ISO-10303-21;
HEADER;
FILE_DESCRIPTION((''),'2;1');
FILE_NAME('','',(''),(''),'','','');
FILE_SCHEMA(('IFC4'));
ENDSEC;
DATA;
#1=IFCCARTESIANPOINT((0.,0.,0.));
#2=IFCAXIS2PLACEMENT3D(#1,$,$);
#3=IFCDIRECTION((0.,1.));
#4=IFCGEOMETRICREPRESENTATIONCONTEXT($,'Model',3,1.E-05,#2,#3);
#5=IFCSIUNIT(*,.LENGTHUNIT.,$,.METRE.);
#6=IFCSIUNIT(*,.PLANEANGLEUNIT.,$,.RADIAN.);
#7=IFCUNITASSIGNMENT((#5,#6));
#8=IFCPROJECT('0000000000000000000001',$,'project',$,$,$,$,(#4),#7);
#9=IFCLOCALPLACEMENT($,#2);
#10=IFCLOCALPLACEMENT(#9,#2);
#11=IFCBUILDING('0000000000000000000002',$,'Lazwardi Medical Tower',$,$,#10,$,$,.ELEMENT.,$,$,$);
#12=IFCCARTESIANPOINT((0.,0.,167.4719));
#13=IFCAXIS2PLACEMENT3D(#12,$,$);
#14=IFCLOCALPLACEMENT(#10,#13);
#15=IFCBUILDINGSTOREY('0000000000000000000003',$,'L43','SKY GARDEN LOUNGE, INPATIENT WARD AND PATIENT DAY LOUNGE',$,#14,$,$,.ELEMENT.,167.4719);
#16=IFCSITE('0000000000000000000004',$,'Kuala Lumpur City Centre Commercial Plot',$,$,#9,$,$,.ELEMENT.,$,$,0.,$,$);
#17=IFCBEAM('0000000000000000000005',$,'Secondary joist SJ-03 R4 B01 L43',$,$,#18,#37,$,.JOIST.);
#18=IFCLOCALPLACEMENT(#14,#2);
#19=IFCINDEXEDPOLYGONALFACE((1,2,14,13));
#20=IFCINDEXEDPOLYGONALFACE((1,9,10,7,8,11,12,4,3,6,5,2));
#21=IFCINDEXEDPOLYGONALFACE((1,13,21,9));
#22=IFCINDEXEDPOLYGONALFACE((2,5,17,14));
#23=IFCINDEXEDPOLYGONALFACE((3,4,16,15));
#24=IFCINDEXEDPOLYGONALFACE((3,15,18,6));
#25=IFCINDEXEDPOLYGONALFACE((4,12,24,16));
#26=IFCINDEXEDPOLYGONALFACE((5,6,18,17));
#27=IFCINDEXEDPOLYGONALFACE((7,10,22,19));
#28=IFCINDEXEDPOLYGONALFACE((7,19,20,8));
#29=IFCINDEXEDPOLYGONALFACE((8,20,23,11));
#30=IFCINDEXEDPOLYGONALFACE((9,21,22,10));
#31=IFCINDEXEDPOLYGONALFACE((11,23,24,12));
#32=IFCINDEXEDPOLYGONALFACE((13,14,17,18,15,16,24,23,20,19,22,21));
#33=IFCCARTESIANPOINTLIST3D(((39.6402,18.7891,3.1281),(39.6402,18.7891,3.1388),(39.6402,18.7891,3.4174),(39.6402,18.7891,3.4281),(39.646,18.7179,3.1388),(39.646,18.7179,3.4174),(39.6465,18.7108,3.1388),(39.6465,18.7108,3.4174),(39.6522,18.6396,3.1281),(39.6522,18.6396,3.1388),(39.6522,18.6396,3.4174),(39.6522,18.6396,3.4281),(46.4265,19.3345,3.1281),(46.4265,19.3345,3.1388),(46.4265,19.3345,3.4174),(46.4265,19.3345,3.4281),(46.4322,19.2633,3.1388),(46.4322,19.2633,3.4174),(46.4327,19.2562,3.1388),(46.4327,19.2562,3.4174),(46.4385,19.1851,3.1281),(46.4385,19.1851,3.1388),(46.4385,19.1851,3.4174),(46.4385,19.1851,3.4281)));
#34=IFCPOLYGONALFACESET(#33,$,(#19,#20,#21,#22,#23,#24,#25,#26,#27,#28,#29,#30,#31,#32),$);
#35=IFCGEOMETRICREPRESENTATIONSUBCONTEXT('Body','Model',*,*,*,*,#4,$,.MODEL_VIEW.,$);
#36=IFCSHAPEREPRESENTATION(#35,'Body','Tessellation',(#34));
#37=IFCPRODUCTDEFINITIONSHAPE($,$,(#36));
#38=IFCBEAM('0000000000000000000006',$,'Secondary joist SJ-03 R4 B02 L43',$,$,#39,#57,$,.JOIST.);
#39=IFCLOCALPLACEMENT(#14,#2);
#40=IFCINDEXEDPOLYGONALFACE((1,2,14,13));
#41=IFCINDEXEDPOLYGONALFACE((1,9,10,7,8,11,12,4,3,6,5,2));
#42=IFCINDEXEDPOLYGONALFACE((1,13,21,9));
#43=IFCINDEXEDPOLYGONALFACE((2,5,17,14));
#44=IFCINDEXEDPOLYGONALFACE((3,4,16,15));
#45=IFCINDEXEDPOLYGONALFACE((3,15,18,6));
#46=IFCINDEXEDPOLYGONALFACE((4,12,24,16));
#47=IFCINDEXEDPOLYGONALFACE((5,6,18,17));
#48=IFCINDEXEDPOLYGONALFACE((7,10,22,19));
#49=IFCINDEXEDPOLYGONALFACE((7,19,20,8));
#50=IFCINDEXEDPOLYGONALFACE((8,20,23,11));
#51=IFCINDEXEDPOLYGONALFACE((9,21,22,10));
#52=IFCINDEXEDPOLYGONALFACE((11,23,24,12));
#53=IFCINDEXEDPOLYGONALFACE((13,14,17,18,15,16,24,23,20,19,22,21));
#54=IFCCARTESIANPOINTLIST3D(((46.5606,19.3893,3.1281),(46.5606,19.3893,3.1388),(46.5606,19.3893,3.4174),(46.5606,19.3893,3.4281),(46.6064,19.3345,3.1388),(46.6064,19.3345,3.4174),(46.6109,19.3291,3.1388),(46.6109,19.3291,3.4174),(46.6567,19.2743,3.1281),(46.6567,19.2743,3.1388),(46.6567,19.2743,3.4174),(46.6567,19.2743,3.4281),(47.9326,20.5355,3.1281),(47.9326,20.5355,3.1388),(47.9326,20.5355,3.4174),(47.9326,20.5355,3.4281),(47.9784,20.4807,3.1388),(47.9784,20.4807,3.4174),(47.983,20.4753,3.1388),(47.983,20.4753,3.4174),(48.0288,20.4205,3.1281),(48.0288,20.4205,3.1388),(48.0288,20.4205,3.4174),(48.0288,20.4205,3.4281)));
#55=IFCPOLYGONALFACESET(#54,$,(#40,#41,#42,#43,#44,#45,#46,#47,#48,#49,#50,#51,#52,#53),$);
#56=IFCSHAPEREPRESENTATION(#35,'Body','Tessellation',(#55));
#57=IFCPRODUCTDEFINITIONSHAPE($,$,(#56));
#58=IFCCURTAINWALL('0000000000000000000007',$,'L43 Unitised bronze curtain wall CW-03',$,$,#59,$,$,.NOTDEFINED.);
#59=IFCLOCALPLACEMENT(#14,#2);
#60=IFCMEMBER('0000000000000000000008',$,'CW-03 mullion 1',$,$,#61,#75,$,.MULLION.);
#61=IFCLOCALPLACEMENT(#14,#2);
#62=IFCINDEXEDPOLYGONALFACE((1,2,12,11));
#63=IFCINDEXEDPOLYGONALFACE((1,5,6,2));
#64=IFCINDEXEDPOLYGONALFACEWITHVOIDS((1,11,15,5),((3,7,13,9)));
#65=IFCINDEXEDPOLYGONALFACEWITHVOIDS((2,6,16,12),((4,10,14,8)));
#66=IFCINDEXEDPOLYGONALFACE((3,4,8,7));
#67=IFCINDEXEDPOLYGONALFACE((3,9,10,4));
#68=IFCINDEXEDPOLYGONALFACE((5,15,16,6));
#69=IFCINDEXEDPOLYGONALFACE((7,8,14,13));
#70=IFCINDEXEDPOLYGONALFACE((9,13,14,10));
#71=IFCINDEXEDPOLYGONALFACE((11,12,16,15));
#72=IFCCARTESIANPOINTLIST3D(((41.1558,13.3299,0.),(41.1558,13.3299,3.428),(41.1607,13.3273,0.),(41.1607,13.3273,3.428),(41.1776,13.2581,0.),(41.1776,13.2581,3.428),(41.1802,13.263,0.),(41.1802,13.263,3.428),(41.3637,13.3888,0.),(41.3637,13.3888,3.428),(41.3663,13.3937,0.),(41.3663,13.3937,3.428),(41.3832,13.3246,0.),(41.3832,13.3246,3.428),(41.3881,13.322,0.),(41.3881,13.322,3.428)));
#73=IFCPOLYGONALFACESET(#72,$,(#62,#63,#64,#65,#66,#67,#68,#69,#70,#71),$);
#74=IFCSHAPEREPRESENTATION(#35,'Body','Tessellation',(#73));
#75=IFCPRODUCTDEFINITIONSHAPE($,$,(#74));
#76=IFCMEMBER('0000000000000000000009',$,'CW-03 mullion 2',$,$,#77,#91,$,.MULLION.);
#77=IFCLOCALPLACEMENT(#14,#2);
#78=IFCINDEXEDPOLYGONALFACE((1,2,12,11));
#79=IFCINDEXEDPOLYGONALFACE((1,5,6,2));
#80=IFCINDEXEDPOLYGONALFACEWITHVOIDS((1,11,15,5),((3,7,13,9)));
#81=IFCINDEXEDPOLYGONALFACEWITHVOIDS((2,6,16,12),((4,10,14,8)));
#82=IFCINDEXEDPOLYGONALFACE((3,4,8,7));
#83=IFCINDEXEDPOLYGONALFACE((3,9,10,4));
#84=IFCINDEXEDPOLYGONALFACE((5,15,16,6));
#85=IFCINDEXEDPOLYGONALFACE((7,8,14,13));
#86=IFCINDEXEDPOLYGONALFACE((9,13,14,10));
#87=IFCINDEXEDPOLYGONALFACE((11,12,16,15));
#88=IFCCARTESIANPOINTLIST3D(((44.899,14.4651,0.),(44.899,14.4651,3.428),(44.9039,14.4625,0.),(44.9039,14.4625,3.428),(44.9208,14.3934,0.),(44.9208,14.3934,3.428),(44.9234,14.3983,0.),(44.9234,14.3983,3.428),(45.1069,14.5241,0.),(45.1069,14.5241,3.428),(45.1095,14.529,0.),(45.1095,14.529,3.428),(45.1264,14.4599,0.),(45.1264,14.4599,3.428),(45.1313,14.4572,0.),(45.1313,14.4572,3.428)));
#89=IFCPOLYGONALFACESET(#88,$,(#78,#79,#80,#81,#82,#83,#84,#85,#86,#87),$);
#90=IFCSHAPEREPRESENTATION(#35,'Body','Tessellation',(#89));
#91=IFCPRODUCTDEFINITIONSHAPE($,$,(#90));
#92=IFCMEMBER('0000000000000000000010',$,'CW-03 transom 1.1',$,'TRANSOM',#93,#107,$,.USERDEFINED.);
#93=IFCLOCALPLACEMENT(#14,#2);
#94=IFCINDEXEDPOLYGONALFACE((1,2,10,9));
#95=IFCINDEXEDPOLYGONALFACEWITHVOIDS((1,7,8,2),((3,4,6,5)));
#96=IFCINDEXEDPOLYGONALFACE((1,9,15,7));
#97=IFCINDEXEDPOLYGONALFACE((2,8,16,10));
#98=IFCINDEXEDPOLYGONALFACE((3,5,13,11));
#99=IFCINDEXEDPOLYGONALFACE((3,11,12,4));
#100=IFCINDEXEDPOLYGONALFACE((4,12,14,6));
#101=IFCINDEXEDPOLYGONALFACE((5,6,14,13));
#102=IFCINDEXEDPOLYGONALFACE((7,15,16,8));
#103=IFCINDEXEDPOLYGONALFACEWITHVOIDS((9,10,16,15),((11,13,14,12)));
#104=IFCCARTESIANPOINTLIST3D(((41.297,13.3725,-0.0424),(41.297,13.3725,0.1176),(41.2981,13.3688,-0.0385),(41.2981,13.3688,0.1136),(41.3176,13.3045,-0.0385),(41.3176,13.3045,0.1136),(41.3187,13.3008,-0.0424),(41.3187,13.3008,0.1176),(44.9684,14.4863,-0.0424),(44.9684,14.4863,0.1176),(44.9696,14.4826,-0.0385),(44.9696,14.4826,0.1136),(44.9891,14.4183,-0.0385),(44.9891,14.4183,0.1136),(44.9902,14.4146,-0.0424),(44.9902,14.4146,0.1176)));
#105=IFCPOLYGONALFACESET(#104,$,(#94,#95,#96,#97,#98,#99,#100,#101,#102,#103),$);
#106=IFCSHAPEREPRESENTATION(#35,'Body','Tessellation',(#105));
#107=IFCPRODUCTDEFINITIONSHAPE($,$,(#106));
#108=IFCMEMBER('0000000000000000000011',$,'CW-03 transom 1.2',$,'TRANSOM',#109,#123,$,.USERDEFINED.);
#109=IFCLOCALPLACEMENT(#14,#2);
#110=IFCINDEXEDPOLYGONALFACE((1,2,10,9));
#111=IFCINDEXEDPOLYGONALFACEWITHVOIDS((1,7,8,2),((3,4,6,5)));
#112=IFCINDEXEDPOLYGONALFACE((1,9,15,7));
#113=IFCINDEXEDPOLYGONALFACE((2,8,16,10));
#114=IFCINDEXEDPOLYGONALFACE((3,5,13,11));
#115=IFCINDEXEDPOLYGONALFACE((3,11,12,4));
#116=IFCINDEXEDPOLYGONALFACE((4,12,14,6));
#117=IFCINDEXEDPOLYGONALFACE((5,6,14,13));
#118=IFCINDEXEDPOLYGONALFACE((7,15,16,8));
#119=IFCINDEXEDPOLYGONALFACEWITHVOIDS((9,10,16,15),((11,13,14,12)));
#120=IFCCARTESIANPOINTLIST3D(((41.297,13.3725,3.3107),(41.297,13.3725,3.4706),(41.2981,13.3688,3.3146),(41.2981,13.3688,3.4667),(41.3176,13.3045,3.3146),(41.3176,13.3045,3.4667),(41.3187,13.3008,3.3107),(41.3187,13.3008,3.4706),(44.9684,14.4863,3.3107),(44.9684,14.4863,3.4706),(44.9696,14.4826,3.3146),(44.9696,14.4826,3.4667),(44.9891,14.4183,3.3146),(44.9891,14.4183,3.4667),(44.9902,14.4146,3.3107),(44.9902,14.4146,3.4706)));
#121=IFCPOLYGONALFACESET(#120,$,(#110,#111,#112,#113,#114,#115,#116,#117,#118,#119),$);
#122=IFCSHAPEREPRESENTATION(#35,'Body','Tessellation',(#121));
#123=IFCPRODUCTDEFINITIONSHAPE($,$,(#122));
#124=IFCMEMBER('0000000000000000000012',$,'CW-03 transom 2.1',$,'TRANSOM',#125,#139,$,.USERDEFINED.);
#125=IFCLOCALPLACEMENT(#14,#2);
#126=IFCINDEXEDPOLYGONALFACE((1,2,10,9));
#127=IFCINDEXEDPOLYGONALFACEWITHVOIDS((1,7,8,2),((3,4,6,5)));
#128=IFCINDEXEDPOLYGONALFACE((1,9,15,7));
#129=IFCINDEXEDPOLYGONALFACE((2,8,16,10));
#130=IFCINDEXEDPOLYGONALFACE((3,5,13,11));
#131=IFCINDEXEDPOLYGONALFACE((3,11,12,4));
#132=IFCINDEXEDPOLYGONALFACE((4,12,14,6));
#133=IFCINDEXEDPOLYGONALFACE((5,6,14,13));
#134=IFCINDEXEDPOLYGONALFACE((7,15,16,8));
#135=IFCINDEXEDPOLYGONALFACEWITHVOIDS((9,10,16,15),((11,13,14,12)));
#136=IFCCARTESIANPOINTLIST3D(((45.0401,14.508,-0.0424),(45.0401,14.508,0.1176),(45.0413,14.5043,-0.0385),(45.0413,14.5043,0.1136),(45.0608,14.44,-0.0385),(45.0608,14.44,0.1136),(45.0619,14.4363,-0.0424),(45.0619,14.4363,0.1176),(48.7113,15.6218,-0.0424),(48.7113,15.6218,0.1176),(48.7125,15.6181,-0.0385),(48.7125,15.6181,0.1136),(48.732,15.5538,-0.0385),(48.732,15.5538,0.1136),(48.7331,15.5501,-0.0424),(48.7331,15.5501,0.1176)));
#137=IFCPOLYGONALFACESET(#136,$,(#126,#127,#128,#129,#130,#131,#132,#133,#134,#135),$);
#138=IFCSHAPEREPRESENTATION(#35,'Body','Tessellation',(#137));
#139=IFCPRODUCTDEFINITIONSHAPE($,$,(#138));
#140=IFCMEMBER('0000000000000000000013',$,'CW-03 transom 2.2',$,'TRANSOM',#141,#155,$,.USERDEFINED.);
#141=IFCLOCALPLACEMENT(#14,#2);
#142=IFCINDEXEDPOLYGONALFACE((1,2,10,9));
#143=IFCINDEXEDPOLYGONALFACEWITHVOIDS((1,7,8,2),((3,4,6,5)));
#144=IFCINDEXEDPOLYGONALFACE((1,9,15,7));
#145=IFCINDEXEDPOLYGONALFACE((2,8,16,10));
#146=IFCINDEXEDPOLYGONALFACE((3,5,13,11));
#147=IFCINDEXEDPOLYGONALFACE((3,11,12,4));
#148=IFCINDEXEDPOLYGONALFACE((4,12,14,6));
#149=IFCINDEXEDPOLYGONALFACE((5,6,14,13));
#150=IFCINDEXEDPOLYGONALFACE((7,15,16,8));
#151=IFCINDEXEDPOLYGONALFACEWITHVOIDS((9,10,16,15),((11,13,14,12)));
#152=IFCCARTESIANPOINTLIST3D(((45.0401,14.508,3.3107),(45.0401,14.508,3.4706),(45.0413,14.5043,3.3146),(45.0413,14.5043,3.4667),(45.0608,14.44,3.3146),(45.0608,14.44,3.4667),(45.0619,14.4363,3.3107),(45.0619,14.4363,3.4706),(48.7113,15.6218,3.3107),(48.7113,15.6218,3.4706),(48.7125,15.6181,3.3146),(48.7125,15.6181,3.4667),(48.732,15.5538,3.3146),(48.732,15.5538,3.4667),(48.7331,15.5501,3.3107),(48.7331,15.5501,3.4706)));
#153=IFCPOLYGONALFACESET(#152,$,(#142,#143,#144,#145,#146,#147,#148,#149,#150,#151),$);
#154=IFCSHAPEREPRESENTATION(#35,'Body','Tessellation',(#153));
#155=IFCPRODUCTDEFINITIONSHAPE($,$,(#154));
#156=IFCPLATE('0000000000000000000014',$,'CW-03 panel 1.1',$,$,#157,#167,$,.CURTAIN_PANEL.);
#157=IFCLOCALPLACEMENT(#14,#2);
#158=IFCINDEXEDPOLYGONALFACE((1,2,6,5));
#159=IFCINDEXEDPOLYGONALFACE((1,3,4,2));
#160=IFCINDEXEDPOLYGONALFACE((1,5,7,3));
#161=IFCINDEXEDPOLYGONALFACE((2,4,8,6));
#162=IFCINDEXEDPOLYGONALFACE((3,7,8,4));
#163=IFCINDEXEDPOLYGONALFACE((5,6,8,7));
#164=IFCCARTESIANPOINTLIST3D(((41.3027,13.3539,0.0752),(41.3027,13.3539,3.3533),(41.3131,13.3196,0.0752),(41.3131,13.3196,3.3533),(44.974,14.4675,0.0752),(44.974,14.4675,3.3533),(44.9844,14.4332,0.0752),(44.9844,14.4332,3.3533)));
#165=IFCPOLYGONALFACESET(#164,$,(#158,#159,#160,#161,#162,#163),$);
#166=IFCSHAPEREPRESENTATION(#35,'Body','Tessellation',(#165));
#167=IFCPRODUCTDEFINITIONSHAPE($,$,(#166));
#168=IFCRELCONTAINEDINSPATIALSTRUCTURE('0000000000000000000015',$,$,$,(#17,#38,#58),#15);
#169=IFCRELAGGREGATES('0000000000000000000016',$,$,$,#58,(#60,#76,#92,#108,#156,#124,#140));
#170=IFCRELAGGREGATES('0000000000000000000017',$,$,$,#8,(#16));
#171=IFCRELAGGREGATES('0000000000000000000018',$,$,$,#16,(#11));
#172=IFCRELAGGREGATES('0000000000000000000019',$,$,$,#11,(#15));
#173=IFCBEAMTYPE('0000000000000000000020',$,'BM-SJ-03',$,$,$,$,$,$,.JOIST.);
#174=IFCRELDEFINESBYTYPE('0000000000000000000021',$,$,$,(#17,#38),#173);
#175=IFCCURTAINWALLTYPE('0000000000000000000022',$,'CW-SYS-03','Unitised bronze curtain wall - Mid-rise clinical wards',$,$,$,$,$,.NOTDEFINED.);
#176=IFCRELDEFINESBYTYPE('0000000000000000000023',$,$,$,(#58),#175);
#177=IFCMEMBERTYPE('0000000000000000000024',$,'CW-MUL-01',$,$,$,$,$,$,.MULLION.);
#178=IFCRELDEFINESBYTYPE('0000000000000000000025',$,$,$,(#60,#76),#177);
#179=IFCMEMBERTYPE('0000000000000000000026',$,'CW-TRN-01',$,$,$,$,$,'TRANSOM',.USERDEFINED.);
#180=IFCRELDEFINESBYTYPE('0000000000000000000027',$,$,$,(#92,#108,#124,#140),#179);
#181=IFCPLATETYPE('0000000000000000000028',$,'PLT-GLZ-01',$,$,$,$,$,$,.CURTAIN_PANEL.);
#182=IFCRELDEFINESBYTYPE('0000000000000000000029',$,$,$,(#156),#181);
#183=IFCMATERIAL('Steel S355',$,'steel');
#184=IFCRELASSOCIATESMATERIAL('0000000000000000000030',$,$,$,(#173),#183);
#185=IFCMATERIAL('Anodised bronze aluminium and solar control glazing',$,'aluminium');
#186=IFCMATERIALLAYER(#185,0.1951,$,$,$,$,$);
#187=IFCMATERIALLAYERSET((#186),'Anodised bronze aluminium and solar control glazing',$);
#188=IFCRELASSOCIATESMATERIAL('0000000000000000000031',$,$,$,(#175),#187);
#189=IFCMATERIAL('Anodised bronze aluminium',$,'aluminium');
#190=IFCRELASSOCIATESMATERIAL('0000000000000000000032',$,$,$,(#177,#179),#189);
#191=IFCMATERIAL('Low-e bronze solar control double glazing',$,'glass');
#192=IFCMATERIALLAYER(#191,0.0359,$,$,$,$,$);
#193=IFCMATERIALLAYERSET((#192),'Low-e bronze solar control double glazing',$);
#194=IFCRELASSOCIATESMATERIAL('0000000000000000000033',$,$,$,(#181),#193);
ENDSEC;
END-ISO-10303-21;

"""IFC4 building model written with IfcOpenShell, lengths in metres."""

from ifc_helpers import new_model, si_unit, direction, frame, origin, origin_2d, place, context, subcontext, project, spatial, rectangle, hollow_rectangle, i_section, extrude, material, layer, layer_set, material_profile, profile_set, type_object, element, aggregate, save


model = new_model("IFC4")

# Units and contexts
model_context = context("Model", 3, precision=1e-05, world=origin(), true_north=direction((0.0, 1.0)))
body_context = subcontext(model_context, "Body", "Model", "MODEL_VIEW")
ifc_project = project(units=[si_unit("LENGTHUNIT", "METRE"), si_unit("PLANEANGLEUNIT", "RADIAN")], contexts=[model_context])

# Site, building, storey
site_placement = place(None, origin())
site = spatial("IfcSite", under=ifc_project, at=site_placement, Name="Kuala Lumpur City Centre Commercial Plot", CompositionType="ELEMENT", RefElevation=0.0)
building_placement = place(site_placement, origin())
building = spatial("IfcBuilding", under=site, at=building_placement, Name="Lazwardi Medical Tower", CompositionType="ELEMENT")
storey_placement = place(building_placement, frame((0.0, 0.0, 167.4719)))
storey = spatial("IfcBuildingStorey", under=building, at=storey_placement, Name="L43", Description="SKY GARDEN LOUNGE, INPATIENT WARD AND PATIENT DAY LOUNGE", CompositionType="ELEMENT", Elevation=167.4719)

# Beams
ifc_material_1 = material(Name="Steel S355", Category="steel")
ifc_material_profile_1 = material_profile(ifc_material_1, i_section(OverallWidth=0.1499, OverallDepth=0.3, WebThickness=0.0071, FlangeThickness=0.0107, at=origin_2d()), Name="IPE 300")
ifc_profile_set_1 = profile_set([ifc_material_profile_1], Name="Steel S355")
beam_type_1 = type_object("IfcBeamType", Name="BM-SJ-03", PredefinedType="JOIST", material=ifc_profile_set_1)
beam_1_placement = place(storey_placement, frame((39.6462, 18.7144, 3.2781), z_axis=(0.996786, 0.080113, 0.0), x_axis=(-0.080113, 0.996786, 0.0)))
element("IfcBeam", 1, at=beam_1_placement, inside=storey, type_object=beam_type_1, Name="Secondary joist SJ-03 R4 B01 L43", PredefinedType="JOIST", context=body_context, shape_type="SweptSolid", body=[
    extrude(i_section(OverallWidth=0.1499, OverallDepth=0.3, WebThickness=0.0071, FlangeThickness=0.0107, at=origin_2d()), origin(), (0.0, 0.0, 1.0), 6.8081),
])
beam_2_placement = place(storey_placement, frame((46.6086, 19.3318, 3.2781), z_axis=(0.767437, 0.641124, 0.0), x_axis=(-0.641124, 0.767437, 0.0)))
element("IfcBeam", 2, at=beam_2_placement, inside=storey, type_object=beam_type_1, Name="Secondary joist SJ-03 R4 B02 L43", PredefinedType="JOIST", context=body_context, shape_type="SweptSolid", body=[
    extrude(i_section(OverallWidth=0.1499, OverallDepth=0.3, WebThickness=0.0071, FlangeThickness=0.0107, at=origin_2d()), origin(), (0.0, 0.0, 1.0), 1.7878),
])

# Curtain wall, members, plate
ifc_material_2 = material(Name="Anodised bronze aluminium and solar control glazing", Category="aluminium")
ifc_layer_1 = layer(ifc_material_2, 0.1951)
ifc_layer_set_1 = layer_set([ifc_layer_1], Name="Anodised bronze aluminium and solar control glazing")
curtain_wall_type = type_object("IfcCurtainWallType", Name="CW-SYS-03", Description="Unitised bronze curtain wall - Mid-rise clinical wards", PredefinedType="NOTDEFINED", material=ifc_layer_set_1)
curtain_wall_placement = place(storey_placement, origin())
curtain_wall = element("IfcCurtainWall", 3, at=curtain_wall_placement, inside=storey, type_object=curtain_wall_type, Name="L43 Unitised bronze curtain wall CW-03", PredefinedType="NOTDEFINED")
ifc_material_3 = material(Name="Anodised bronze aluminium", Category="aluminium")
ifc_material_profile_2 = material_profile(ifc_material_3, hollow_rectangle(XDim=0.075, YDim=0.22, WallThickness=0.0039, at=origin_2d()), Name="ALU-MULLION 220x75x4")
ifc_profile_set_2 = profile_set([ifc_material_profile_2], Name="Anodised bronze aluminium")
member_type_1 = type_object("IfcMemberType", Name="CW-MUL-01", PredefinedType="MULLION", material=ifc_profile_set_2)
member_1_placement = place(storey_placement, frame((41.272, 13.3259, 0.0), z_axis=(0.0, 0.0, 1.0), x_axis=(-0.290281, 0.956942, 0.0)))
member_1 = element("IfcMember", 4, at=member_1_placement, type_object=member_type_1, Name="CW-03 mullion 1", PredefinedType="MULLION", context=body_context, shape_type="SweptSolid", body=[
    extrude(hollow_rectangle(XDim=0.075, YDim=0.22, WallThickness=0.0039, at=origin_2d()), origin(), (0.0, 0.0, 1.0), 3.428),
])
member_2_placement = place(storey_placement, frame((45.0151, 14.4612, 0.0), z_axis=(0.0, 0.0, 1.0), x_axis=(-0.290281, 0.956942, 0.0)))
member_2 = element("IfcMember", 5, at=member_2_placement, type_object=member_type_1, Name="CW-03 mullion 2", PredefinedType="MULLION", context=body_context, shape_type="SweptSolid", body=[
    extrude(hollow_rectangle(XDim=0.075, YDim=0.22, WallThickness=0.0039, at=origin_2d()), origin(), (0.0, 0.0, 1.0), 3.428),
])
ifc_material_profile_3 = material_profile(ifc_material_3, hollow_rectangle(XDim=0.075, YDim=0.1599, WallThickness=0.0039, at=origin_2d()), Name="ALU-TRANSOM 160x75x4")
ifc_profile_set_3 = profile_set([ifc_material_profile_3], Name="Anodised bronze aluminium")
member_type_2 = type_object("IfcMemberType", Name="CW-TRN-01", ElementType="TRANSOM", PredefinedType="USERDEFINED", material=ifc_profile_set_3)
member_3_placement = place(storey_placement, frame((41.3079, 13.3367, 0.0376), z_axis=(0.956936, 0.290301, 0.0), x_axis=(-0.290301, 0.956936, 0.0)))
member_3 = element("IfcMember", 6, at=member_3_placement, type_object=member_type_2, Name="CW-03 transom 1.1", ObjectType="TRANSOM", PredefinedType="USERDEFINED", context=body_context, shape_type="SweptSolid", body=[
    extrude(hollow_rectangle(XDim=0.075, YDim=0.1599, WallThickness=0.0039, at=origin_2d()), origin(), (0.0, 0.0, 1.0), 3.8367),
])
member_4_placement = place(storey_placement, frame((41.3079, 13.3367, 3.3906), z_axis=(0.956936, 0.290301, 0.0), x_axis=(-0.290301, 0.956936, 0.0)))
member_4 = element("IfcMember", 7, at=member_4_placement, type_object=member_type_2, Name="CW-03 transom 1.2", ObjectType="TRANSOM", PredefinedType="USERDEFINED", context=body_context, shape_type="SweptSolid", body=[
    extrude(hollow_rectangle(XDim=0.075, YDim=0.1599, WallThickness=0.0039, at=origin_2d()), origin(), (0.0, 0.0, 1.0), 3.8367),
])
member_5_placement = place(storey_placement, frame((45.051, 14.4722, 0.0376), z_axis=(0.95693, 0.290318, 0.0), x_axis=(-0.290318, 0.95693, 0.0)))
member_5 = element("IfcMember", 8, at=member_5_placement, type_object=member_type_2, Name="CW-03 transom 2.1", ObjectType="TRANSOM", PredefinedType="USERDEFINED", context=body_context, shape_type="SweptSolid", body=[
    extrude(hollow_rectangle(XDim=0.075, YDim=0.1599, WallThickness=0.0039, at=origin_2d()), origin(), (0.0, 0.0, 1.0), 3.8364),
])
member_6_placement = place(storey_placement, frame((45.051, 14.4722, 3.3906), z_axis=(0.95693, 0.290318, 0.0), x_axis=(-0.290318, 0.95693, 0.0)))
member_6 = element("IfcMember", 9, at=member_6_placement, type_object=member_type_2, Name="CW-03 transom 2.2", ObjectType="TRANSOM", PredefinedType="USERDEFINED", context=body_context, shape_type="SweptSolid", body=[
    extrude(hollow_rectangle(XDim=0.075, YDim=0.1599, WallThickness=0.0039, at=origin_2d()), origin(), (0.0, 0.0, 1.0), 3.8364),
])
ifc_material_4 = material(Name="Low-e bronze solar control double glazing", Category="glass")
ifc_layer_2 = layer(ifc_material_4, 0.0359)
ifc_layer_set_2 = layer_set([ifc_layer_2], Name="Low-e bronze solar control double glazing")
plate_type = type_object("IfcPlateType", Name="PLT-GLZ-01", PredefinedType="CURTAIN_PANEL", material=ifc_layer_set_2)
plate_placement = place(storey_placement, frame((43.1436, 13.8936, 0.0752), z_axis=(0.0, 0.0, 1.0), x_axis=(0.956942, 0.290281, 0.0)))
plate = element("IfcPlate", 10, at=plate_placement, type_object=plate_type, Name="CW-03 panel 1.1", PredefinedType="CURTAIN_PANEL", context=body_context, shape_type="SweptSolid", body=[
    extrude(rectangle(XDim=3.8364, YDim=0.0359, at=origin_2d()), origin(), (0.0, 0.0, 1.0), 3.2781),
])
aggregate(curtain_wall, [member_1, member_2, member_3, member_4, plate, member_5, member_6])

save(model, "model.ifc")
